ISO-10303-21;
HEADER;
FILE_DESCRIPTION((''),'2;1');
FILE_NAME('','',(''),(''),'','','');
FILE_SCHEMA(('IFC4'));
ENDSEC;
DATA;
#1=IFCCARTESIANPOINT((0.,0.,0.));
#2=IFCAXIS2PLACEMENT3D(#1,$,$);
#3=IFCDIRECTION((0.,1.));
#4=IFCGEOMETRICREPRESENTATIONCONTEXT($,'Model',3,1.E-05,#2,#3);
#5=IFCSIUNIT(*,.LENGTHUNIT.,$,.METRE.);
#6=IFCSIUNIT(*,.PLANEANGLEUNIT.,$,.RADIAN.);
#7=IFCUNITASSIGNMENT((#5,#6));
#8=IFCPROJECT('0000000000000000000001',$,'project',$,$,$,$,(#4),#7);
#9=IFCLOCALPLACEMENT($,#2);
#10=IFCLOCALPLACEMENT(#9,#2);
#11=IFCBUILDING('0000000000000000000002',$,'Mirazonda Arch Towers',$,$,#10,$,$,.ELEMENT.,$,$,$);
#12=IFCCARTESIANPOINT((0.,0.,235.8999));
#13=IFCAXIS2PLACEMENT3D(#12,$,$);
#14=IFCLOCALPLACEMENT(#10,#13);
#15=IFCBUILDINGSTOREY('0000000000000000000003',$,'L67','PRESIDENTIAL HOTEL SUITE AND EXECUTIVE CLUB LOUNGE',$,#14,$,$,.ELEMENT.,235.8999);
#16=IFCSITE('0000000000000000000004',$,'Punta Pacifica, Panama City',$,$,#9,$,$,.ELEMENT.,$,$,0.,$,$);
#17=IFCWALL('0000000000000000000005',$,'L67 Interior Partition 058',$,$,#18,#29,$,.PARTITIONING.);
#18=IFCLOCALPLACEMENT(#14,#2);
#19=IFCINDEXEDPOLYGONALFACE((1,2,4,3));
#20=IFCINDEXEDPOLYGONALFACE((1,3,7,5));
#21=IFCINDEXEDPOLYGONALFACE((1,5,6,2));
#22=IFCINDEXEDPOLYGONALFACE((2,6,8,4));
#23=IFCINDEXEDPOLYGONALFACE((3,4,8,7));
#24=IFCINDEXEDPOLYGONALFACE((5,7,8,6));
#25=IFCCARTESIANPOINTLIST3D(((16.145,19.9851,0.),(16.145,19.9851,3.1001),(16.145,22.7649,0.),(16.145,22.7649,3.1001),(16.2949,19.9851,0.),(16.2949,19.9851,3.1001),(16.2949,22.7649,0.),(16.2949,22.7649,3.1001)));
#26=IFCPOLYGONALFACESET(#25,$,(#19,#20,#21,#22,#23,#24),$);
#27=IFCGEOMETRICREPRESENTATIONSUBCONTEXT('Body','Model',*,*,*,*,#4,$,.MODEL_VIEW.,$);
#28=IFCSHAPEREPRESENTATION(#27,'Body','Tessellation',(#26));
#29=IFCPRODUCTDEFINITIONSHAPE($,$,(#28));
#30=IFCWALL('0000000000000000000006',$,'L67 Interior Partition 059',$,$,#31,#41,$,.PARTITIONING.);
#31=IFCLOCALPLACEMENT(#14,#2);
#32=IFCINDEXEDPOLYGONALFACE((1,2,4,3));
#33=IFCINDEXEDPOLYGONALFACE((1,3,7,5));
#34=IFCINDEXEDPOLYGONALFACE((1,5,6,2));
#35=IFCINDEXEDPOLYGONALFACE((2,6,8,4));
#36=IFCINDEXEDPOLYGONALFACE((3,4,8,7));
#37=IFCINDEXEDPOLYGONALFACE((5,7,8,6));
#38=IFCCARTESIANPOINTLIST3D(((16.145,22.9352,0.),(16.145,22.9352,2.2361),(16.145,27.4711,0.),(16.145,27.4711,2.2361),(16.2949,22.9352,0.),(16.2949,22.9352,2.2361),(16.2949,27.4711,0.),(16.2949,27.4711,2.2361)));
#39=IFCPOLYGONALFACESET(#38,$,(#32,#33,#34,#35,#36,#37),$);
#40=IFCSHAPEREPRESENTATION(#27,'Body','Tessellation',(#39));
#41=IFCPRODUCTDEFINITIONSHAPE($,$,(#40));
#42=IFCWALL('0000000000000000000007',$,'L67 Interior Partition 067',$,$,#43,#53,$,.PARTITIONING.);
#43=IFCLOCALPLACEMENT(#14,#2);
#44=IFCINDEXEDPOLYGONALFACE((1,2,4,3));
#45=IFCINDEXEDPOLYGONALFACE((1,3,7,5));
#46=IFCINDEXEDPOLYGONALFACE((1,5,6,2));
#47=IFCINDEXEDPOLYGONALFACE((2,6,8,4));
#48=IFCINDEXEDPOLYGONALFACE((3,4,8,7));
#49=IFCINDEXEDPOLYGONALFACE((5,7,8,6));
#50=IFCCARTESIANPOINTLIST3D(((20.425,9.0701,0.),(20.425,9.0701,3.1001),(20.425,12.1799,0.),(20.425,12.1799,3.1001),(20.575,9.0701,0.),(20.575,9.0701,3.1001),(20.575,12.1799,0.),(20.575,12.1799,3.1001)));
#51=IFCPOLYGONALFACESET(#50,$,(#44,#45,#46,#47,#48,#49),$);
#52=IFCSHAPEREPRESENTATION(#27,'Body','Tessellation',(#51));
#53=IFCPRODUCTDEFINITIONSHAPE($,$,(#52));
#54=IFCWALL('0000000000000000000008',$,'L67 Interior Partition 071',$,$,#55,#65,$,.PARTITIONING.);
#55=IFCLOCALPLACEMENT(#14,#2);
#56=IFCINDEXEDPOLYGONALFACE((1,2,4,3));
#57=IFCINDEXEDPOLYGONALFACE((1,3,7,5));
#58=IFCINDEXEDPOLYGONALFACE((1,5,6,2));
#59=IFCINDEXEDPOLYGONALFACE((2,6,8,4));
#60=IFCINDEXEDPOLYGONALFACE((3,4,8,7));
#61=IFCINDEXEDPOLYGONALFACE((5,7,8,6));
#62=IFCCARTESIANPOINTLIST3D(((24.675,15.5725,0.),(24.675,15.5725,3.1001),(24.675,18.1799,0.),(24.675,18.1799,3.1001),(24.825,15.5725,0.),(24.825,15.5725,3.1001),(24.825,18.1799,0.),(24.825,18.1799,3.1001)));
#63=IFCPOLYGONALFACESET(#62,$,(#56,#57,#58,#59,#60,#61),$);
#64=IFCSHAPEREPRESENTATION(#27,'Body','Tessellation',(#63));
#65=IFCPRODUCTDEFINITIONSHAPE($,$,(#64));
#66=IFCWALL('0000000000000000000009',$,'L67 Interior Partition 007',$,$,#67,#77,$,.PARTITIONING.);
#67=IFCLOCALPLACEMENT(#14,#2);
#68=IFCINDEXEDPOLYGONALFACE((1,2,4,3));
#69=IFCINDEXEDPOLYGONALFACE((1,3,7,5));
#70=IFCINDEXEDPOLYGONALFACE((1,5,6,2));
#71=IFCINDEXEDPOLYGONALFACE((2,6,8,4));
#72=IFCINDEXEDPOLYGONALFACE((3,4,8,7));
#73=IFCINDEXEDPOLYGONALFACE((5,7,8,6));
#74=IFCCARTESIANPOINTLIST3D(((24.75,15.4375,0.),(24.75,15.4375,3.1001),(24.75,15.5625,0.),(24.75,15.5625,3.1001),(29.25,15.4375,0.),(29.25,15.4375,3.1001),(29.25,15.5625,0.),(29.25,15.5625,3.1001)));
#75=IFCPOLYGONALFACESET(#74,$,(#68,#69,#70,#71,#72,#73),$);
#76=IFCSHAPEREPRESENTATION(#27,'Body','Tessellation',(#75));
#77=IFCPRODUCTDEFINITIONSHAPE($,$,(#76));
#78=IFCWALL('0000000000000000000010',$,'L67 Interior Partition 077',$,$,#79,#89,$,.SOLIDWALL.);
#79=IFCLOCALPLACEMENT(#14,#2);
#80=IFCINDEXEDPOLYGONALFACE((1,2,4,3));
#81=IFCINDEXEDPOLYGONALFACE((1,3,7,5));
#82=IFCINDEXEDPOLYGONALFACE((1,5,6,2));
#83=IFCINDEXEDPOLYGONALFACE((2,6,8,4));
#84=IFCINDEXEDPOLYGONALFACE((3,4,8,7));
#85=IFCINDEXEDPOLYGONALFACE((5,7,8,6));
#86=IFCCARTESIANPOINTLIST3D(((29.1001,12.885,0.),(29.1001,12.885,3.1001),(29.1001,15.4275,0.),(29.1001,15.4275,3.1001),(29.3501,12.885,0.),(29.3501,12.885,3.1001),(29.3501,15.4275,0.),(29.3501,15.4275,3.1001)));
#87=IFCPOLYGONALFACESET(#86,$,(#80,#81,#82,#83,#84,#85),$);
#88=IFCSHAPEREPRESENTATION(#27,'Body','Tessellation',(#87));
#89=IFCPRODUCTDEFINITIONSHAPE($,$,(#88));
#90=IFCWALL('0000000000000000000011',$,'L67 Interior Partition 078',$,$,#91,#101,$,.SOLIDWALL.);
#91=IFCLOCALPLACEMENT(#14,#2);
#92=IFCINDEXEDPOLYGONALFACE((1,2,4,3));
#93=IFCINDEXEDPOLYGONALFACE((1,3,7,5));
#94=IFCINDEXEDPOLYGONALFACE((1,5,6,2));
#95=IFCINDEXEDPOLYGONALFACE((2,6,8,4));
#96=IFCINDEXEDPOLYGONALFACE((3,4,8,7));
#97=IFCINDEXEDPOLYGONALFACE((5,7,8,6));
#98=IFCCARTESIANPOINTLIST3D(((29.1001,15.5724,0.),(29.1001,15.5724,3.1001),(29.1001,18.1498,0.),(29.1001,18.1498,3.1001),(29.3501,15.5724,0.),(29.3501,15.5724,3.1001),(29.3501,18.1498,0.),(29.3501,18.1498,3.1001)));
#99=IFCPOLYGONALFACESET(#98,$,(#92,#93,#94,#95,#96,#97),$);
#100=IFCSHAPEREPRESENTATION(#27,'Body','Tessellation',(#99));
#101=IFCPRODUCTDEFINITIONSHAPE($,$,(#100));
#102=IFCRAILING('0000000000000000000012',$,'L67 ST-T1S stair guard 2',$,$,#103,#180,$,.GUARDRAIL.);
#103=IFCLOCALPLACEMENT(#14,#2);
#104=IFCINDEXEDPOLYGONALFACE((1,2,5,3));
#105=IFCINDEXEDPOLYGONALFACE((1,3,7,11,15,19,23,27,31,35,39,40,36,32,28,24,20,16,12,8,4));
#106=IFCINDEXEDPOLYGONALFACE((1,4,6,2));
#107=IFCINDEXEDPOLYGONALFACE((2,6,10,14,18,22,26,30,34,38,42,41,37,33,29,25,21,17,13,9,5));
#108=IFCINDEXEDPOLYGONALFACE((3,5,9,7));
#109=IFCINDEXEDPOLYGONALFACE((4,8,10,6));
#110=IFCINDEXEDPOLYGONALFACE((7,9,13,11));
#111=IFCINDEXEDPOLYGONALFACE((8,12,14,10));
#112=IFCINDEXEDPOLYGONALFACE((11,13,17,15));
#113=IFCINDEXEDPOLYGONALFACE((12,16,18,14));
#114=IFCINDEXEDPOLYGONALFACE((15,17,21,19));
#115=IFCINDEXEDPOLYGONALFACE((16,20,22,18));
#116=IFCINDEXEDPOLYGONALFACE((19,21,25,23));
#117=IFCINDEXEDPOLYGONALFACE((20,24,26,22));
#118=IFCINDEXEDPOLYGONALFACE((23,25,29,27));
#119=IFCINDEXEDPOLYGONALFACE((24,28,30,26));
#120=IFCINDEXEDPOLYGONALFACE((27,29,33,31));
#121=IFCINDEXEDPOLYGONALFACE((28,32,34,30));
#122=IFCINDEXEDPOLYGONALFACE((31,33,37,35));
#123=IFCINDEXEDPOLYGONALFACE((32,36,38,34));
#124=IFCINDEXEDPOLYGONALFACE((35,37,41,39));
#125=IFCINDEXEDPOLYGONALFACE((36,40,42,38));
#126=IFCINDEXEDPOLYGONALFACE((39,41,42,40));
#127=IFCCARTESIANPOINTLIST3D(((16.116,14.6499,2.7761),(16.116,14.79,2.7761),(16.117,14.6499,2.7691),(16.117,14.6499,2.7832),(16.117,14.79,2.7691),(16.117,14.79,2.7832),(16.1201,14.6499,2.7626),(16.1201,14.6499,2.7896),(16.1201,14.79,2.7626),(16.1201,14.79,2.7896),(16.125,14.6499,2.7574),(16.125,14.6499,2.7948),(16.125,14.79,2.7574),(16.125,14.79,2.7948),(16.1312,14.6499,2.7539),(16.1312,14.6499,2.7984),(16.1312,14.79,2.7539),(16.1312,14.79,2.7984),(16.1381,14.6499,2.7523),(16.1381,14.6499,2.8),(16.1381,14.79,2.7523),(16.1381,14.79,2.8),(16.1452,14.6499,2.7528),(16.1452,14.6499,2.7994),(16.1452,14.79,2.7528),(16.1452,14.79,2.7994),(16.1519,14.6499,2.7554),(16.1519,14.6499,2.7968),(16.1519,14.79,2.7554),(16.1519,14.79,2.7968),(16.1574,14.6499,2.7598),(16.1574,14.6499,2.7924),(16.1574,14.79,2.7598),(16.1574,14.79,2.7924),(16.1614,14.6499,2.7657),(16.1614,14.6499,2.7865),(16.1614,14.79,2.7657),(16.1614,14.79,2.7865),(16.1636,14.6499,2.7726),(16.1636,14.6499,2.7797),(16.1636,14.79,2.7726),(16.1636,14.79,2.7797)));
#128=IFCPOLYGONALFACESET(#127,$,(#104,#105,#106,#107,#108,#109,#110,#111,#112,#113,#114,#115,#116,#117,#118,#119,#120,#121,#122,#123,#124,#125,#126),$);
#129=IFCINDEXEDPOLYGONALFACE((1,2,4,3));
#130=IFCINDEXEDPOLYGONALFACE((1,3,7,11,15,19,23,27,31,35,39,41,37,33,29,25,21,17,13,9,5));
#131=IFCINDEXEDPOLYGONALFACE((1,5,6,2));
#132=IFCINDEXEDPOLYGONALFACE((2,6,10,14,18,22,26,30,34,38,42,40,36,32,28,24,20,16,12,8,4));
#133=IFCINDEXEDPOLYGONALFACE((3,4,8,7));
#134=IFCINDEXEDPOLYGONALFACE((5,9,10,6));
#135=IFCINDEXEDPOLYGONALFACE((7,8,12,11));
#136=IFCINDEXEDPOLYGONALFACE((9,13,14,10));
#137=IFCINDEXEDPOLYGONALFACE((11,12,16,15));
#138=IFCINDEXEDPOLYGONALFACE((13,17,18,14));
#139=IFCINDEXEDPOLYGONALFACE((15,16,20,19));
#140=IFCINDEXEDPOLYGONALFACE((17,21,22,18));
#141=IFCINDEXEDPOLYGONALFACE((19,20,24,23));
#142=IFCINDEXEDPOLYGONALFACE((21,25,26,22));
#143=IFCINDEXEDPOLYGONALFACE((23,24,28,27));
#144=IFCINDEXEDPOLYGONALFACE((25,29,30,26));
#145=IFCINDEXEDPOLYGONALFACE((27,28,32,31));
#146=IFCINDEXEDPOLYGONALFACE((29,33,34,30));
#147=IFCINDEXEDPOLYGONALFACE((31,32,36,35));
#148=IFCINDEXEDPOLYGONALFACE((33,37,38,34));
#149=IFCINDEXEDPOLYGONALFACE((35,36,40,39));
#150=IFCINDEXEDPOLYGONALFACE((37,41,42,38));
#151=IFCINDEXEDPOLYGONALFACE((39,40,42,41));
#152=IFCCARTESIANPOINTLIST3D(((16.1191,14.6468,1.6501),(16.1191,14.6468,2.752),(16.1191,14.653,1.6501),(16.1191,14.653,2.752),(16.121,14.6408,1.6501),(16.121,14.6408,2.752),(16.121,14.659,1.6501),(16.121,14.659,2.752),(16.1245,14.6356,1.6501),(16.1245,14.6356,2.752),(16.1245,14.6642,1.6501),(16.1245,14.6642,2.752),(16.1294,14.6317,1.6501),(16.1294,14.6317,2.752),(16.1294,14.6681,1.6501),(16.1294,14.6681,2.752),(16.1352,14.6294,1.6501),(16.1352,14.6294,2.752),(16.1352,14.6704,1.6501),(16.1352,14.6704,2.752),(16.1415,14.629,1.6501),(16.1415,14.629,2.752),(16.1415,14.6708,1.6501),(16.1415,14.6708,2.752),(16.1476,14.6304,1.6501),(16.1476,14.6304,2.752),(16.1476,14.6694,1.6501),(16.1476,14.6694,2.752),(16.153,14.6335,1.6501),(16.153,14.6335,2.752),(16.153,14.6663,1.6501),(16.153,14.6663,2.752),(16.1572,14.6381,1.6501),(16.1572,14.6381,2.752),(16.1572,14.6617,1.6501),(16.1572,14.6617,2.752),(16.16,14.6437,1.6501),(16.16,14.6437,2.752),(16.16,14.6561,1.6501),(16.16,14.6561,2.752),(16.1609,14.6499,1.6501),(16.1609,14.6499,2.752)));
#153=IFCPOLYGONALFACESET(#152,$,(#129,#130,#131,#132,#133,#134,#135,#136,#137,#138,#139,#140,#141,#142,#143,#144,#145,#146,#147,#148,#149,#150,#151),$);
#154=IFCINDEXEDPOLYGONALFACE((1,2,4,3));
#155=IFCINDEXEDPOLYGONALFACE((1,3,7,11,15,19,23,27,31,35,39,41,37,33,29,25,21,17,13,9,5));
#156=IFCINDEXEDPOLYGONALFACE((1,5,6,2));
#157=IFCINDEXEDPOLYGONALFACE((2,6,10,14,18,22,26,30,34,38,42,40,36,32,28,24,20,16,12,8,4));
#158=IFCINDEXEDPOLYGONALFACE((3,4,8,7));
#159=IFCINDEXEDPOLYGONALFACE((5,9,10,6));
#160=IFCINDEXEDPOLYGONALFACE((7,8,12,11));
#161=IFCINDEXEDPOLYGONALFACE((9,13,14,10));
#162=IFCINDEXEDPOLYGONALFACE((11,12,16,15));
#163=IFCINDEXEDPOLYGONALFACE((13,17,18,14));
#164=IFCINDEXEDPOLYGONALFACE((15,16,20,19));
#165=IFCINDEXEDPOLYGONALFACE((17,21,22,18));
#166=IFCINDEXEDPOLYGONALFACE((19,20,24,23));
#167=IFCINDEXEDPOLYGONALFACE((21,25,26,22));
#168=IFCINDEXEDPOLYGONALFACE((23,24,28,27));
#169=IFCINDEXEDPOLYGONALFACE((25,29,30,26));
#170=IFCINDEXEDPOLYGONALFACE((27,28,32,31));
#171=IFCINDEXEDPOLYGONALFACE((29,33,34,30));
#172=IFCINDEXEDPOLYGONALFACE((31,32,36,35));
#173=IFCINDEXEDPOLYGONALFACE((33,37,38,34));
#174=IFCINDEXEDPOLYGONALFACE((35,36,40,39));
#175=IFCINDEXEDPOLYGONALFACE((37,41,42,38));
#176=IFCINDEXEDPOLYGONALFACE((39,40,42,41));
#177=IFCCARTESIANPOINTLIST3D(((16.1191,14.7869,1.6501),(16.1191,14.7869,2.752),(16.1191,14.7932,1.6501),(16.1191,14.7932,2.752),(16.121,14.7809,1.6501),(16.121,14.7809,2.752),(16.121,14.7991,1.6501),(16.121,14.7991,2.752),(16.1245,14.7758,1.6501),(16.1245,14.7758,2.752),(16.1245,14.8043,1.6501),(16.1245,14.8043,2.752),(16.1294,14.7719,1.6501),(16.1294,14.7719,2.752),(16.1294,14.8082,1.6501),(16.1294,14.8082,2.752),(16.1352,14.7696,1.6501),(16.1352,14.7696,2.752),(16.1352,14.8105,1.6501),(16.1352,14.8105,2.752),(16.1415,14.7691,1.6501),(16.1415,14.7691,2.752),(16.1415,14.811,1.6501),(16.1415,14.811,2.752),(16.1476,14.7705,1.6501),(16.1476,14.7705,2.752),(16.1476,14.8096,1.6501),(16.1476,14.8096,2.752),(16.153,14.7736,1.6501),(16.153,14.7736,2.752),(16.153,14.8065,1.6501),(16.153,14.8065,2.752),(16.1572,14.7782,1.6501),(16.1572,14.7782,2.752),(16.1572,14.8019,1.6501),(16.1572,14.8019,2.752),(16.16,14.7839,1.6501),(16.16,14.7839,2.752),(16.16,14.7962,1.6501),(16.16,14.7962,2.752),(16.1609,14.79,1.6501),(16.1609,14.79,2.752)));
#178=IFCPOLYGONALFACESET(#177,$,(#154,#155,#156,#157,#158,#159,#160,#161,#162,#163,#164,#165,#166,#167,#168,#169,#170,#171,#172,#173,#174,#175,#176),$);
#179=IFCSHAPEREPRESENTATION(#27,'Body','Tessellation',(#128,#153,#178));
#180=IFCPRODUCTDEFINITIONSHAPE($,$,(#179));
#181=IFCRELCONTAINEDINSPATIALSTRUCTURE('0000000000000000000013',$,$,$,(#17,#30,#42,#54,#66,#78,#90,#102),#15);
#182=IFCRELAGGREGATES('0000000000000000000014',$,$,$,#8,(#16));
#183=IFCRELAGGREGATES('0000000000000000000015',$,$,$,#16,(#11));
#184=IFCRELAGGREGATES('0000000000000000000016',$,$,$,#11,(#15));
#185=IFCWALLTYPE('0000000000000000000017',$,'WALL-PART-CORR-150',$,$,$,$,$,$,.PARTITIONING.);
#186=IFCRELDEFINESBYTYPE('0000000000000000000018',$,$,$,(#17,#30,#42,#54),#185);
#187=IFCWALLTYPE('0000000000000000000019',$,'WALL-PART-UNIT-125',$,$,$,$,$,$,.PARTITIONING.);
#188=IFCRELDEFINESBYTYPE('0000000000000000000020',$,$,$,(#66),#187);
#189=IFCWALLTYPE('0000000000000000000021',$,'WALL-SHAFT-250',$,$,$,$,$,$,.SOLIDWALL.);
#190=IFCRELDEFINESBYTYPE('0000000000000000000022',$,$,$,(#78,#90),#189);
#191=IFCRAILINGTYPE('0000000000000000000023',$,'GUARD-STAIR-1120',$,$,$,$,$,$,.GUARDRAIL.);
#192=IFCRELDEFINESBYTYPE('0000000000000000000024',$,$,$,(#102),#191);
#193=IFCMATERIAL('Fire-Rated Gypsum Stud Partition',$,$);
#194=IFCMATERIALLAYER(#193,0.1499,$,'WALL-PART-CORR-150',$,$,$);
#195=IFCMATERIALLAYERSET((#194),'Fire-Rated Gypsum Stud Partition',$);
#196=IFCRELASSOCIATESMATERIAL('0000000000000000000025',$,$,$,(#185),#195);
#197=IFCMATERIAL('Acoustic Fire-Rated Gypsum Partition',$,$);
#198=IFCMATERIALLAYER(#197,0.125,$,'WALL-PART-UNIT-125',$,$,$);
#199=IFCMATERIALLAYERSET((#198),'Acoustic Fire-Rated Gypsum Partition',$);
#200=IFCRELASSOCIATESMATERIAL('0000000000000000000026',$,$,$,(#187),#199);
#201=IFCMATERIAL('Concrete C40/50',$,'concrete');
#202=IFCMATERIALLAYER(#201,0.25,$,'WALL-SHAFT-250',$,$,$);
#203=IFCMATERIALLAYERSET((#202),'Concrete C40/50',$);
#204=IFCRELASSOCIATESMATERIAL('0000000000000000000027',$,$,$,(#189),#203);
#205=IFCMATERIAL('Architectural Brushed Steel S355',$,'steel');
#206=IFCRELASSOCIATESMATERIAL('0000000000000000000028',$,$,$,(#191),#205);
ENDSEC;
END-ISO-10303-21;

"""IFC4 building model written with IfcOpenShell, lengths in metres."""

from ifc_helpers import new_model, si_unit, direction, frame, frame_2d, origin, origin_2d, place, context, subcontext, project, spatial, rectangle, circle, extrude, material, layer, layer_set, type_object, element, save


model = new_model("IFC4")

# Units and contexts
model_context = context("Model", 3, precision=1e-05, world=origin(), true_north=direction((0.0, 1.0)))
body_context = subcontext(model_context, "Body", "Model", "MODEL_VIEW")
ifc_project = project(units=[si_unit("LENGTHUNIT", "METRE"), si_unit("PLANEANGLEUNIT", "RADIAN")], contexts=[model_context])

# Site, building, storey
site_placement = place(None, origin())
site = spatial("IfcSite", under=ifc_project, at=site_placement, Name="Punta Pacifica, Panama City", CompositionType="ELEMENT", RefElevation=0.0)
building_placement = place(site_placement, origin())
building = spatial("IfcBuilding", under=site, at=building_placement, Name="Mirazonda Arch Towers", CompositionType="ELEMENT")
storey_placement = place(building_placement, frame((0.0, 0.0, 235.8999)))
storey = spatial("IfcBuildingStorey", under=building, at=storey_placement, Name="L67", Description="PRESIDENTIAL HOTEL SUITE AND EXECUTIVE CLUB LOUNGE", CompositionType="ELEMENT", Elevation=235.8999)

# Walls
ifc_material_1 = material(Name="Concrete C40/50", Category="concrete")
ifc_material_2 = material(Name="Fire-Rated Gypsum Stud Partition")
ifc_layer_1 = layer(ifc_material_2, 0.1499, Name="WALL-PART-CORR-150")
ifc_layer_set_1 = layer_set([ifc_layer_1], Name="Fire-Rated Gypsum Stud Partition")
wall_type_1 = type_object("IfcWallType", Name="WALL-PART-CORR-150", PredefinedType="PARTITIONING", material=ifc_layer_set_1)
wall_1_placement = place(storey_placement, frame((16.22, 19.9851, 0.0), z_axis=(0.0, 0.0, 1.0), x_axis=(0.0, 1.0, 0.0)))
element("IfcWall", 1, at=wall_1_placement, inside=storey, type_object=wall_type_1, Name="L67 Interior Partition 058", PredefinedType="PARTITIONING", context=body_context, shape_type="SweptSolid", body=[
    extrude(rectangle(XDim=2.7798, YDim=0.1499, at=frame_2d((1.3899, 0.0))), origin(), (0.0, 0.0, 1.0), 3.1001),
])
wall_2_placement = place(storey_placement, frame((16.22, 22.9351, 0.0), z_axis=(0.0, 0.0, 1.0), x_axis=(0.0, 1.0, 0.0)))
element("IfcWall", 2, at=wall_2_placement, inside=storey, type_object=wall_type_1, Name="L67 Interior Partition 059", PredefinedType="PARTITIONING", context=body_context, shape_type="SweptSolid", body=[
    extrude(rectangle(XDim=4.5359, YDim=0.1499, at=frame_2d((2.2681, 0.0))), origin(), (0.0, 0.0, 1.0), 2.2361),
])
wall_3_placement = place(storey_placement, frame((20.5, 9.0701, 0.0), z_axis=(0.0, 0.0, 1.0), x_axis=(0.0, 1.0, 0.0)))
element("IfcWall", 3, at=wall_3_placement, inside=storey, type_object=wall_type_1, Name="L67 Interior Partition 067", PredefinedType="PARTITIONING", context=body_context, shape_type="SweptSolid", body=[
    extrude(rectangle(XDim=3.1099, YDim=0.1499, at=frame_2d((1.5549, 0.0))), origin(), (0.0, 0.0, 1.0), 3.1001),
])

# Shared definitions
ifc_material_3 = material(Name="Architectural Brushed Steel S355", Category="steel")

# Walls
wall_4_placement = place(storey_placement, frame((24.75, 15.5725, 0.0), z_axis=(0.0, 0.0, 1.0), x_axis=(0.0, 1.0, 0.0)))
element("IfcWall", 4, at=wall_4_placement, inside=storey, type_object=wall_type_1, Name="L67 Interior Partition 071", PredefinedType="PARTITIONING", context=body_context, shape_type="SweptSolid", body=[
    extrude(rectangle(XDim=2.6074, YDim=0.1499, at=frame_2d((1.3037, 0.0))), origin(), (0.0, 0.0, 1.0), 3.1001),
])
ifc_material_4 = material(Name="Acoustic Fire-Rated Gypsum Partition")
ifc_layer_2 = layer(ifc_material_4, 0.125, Name="WALL-PART-UNIT-125")
ifc_layer_set_2 = layer_set([ifc_layer_2], Name="Acoustic Fire-Rated Gypsum Partition")
wall_type_2 = type_object("IfcWallType", Name="WALL-PART-UNIT-125", PredefinedType="PARTITIONING", material=ifc_layer_set_2)
wall_5_placement = place(storey_placement, frame((24.75, 15.5, 0.0), z_axis=(0.0, 0.0, 1.0), x_axis=(1.0, 0.0, 0.0)))
element("IfcWall", 5, at=wall_5_placement, inside=storey, type_object=wall_type_2, Name="L67 Interior Partition 007", PredefinedType="PARTITIONING", context=body_context, shape_type="SweptSolid", body=[
    extrude(rectangle(XDim=4.5, YDim=0.125, at=frame_2d((2.25, 0.0))), origin(), (0.0, 0.0, 1.0), 3.1001),
])
ifc_layer_3 = layer(ifc_material_1, 0.25, Name="WALL-SHAFT-250")
ifc_layer_set_3 = layer_set([ifc_layer_3], Name="Concrete C40/50")
wall_type_3 = type_object("IfcWallType", Name="WALL-SHAFT-250", PredefinedType="SOLIDWALL", material=ifc_layer_set_3)
wall_6_placement = place(storey_placement, frame((29.2251, 12.885, 0.0), z_axis=(0.0, 0.0, 1.0), x_axis=(0.0, 1.0, 0.0)))
element("IfcWall", 6, at=wall_6_placement, inside=storey, type_object=wall_type_3, Name="L67 Interior Partition 077", PredefinedType="SOLIDWALL", context=body_context, shape_type="SweptSolid", body=[
    extrude(rectangle(XDim=2.5425, YDim=0.25, at=frame_2d((1.2712, 0.0))), origin(), (0.0, 0.0, 1.0), 3.1001),
])
wall_7_placement = place(storey_placement, frame((29.2251, 15.5725, 0.0), z_axis=(0.0, 0.0, 1.0), x_axis=(0.0, 1.0, 0.0)))
element("IfcWall", 7, at=wall_7_placement, inside=storey, type_object=wall_type_3, Name="L67 Interior Partition 078", PredefinedType="SOLIDWALL", context=body_context, shape_type="SweptSolid", body=[
    extrude(rectangle(XDim=2.5774, YDim=0.25, at=frame_2d((1.2886, 0.0))), origin(), (0.0, 0.0, 1.0), 3.1001),
])

# Railing
railing_type = type_object("IfcRailingType", Name="GUARD-STAIR-1120", PredefinedType="GUARDRAIL", material=ifc_material_3)
railing_placement = place(storey_placement, frame((16.1399, 14.6499, 1.6501)))
element("IfcRailing", 8, at=railing_placement, inside=storey, type_object=railing_type, Name="L67 ST-T1S stair guard 2", PredefinedType="GUARDRAIL", context=body_context, shape_type="SweptSolid", body=[
    extrude(circle(Radius=0.0239, at=origin_2d()), frame((0.0, 0.0, 1.126), z_axis=(0.0, 1.0, 0.0), x_axis=(-1.0, 0.0, 0.0)), (0.0, 0.0, 1.0), 0.1401),
    extrude(circle(Radius=0.021, at=origin_2d()), origin(), (0.0, 0.0, 1.0), 1.1018),
    extrude(circle(Radius=0.021, at=origin_2d()), frame((0.0, 0.1401, 0.0)), (0.0, 0.0, 1.0), 1.1018),
])

save(model, "model.ifc")
